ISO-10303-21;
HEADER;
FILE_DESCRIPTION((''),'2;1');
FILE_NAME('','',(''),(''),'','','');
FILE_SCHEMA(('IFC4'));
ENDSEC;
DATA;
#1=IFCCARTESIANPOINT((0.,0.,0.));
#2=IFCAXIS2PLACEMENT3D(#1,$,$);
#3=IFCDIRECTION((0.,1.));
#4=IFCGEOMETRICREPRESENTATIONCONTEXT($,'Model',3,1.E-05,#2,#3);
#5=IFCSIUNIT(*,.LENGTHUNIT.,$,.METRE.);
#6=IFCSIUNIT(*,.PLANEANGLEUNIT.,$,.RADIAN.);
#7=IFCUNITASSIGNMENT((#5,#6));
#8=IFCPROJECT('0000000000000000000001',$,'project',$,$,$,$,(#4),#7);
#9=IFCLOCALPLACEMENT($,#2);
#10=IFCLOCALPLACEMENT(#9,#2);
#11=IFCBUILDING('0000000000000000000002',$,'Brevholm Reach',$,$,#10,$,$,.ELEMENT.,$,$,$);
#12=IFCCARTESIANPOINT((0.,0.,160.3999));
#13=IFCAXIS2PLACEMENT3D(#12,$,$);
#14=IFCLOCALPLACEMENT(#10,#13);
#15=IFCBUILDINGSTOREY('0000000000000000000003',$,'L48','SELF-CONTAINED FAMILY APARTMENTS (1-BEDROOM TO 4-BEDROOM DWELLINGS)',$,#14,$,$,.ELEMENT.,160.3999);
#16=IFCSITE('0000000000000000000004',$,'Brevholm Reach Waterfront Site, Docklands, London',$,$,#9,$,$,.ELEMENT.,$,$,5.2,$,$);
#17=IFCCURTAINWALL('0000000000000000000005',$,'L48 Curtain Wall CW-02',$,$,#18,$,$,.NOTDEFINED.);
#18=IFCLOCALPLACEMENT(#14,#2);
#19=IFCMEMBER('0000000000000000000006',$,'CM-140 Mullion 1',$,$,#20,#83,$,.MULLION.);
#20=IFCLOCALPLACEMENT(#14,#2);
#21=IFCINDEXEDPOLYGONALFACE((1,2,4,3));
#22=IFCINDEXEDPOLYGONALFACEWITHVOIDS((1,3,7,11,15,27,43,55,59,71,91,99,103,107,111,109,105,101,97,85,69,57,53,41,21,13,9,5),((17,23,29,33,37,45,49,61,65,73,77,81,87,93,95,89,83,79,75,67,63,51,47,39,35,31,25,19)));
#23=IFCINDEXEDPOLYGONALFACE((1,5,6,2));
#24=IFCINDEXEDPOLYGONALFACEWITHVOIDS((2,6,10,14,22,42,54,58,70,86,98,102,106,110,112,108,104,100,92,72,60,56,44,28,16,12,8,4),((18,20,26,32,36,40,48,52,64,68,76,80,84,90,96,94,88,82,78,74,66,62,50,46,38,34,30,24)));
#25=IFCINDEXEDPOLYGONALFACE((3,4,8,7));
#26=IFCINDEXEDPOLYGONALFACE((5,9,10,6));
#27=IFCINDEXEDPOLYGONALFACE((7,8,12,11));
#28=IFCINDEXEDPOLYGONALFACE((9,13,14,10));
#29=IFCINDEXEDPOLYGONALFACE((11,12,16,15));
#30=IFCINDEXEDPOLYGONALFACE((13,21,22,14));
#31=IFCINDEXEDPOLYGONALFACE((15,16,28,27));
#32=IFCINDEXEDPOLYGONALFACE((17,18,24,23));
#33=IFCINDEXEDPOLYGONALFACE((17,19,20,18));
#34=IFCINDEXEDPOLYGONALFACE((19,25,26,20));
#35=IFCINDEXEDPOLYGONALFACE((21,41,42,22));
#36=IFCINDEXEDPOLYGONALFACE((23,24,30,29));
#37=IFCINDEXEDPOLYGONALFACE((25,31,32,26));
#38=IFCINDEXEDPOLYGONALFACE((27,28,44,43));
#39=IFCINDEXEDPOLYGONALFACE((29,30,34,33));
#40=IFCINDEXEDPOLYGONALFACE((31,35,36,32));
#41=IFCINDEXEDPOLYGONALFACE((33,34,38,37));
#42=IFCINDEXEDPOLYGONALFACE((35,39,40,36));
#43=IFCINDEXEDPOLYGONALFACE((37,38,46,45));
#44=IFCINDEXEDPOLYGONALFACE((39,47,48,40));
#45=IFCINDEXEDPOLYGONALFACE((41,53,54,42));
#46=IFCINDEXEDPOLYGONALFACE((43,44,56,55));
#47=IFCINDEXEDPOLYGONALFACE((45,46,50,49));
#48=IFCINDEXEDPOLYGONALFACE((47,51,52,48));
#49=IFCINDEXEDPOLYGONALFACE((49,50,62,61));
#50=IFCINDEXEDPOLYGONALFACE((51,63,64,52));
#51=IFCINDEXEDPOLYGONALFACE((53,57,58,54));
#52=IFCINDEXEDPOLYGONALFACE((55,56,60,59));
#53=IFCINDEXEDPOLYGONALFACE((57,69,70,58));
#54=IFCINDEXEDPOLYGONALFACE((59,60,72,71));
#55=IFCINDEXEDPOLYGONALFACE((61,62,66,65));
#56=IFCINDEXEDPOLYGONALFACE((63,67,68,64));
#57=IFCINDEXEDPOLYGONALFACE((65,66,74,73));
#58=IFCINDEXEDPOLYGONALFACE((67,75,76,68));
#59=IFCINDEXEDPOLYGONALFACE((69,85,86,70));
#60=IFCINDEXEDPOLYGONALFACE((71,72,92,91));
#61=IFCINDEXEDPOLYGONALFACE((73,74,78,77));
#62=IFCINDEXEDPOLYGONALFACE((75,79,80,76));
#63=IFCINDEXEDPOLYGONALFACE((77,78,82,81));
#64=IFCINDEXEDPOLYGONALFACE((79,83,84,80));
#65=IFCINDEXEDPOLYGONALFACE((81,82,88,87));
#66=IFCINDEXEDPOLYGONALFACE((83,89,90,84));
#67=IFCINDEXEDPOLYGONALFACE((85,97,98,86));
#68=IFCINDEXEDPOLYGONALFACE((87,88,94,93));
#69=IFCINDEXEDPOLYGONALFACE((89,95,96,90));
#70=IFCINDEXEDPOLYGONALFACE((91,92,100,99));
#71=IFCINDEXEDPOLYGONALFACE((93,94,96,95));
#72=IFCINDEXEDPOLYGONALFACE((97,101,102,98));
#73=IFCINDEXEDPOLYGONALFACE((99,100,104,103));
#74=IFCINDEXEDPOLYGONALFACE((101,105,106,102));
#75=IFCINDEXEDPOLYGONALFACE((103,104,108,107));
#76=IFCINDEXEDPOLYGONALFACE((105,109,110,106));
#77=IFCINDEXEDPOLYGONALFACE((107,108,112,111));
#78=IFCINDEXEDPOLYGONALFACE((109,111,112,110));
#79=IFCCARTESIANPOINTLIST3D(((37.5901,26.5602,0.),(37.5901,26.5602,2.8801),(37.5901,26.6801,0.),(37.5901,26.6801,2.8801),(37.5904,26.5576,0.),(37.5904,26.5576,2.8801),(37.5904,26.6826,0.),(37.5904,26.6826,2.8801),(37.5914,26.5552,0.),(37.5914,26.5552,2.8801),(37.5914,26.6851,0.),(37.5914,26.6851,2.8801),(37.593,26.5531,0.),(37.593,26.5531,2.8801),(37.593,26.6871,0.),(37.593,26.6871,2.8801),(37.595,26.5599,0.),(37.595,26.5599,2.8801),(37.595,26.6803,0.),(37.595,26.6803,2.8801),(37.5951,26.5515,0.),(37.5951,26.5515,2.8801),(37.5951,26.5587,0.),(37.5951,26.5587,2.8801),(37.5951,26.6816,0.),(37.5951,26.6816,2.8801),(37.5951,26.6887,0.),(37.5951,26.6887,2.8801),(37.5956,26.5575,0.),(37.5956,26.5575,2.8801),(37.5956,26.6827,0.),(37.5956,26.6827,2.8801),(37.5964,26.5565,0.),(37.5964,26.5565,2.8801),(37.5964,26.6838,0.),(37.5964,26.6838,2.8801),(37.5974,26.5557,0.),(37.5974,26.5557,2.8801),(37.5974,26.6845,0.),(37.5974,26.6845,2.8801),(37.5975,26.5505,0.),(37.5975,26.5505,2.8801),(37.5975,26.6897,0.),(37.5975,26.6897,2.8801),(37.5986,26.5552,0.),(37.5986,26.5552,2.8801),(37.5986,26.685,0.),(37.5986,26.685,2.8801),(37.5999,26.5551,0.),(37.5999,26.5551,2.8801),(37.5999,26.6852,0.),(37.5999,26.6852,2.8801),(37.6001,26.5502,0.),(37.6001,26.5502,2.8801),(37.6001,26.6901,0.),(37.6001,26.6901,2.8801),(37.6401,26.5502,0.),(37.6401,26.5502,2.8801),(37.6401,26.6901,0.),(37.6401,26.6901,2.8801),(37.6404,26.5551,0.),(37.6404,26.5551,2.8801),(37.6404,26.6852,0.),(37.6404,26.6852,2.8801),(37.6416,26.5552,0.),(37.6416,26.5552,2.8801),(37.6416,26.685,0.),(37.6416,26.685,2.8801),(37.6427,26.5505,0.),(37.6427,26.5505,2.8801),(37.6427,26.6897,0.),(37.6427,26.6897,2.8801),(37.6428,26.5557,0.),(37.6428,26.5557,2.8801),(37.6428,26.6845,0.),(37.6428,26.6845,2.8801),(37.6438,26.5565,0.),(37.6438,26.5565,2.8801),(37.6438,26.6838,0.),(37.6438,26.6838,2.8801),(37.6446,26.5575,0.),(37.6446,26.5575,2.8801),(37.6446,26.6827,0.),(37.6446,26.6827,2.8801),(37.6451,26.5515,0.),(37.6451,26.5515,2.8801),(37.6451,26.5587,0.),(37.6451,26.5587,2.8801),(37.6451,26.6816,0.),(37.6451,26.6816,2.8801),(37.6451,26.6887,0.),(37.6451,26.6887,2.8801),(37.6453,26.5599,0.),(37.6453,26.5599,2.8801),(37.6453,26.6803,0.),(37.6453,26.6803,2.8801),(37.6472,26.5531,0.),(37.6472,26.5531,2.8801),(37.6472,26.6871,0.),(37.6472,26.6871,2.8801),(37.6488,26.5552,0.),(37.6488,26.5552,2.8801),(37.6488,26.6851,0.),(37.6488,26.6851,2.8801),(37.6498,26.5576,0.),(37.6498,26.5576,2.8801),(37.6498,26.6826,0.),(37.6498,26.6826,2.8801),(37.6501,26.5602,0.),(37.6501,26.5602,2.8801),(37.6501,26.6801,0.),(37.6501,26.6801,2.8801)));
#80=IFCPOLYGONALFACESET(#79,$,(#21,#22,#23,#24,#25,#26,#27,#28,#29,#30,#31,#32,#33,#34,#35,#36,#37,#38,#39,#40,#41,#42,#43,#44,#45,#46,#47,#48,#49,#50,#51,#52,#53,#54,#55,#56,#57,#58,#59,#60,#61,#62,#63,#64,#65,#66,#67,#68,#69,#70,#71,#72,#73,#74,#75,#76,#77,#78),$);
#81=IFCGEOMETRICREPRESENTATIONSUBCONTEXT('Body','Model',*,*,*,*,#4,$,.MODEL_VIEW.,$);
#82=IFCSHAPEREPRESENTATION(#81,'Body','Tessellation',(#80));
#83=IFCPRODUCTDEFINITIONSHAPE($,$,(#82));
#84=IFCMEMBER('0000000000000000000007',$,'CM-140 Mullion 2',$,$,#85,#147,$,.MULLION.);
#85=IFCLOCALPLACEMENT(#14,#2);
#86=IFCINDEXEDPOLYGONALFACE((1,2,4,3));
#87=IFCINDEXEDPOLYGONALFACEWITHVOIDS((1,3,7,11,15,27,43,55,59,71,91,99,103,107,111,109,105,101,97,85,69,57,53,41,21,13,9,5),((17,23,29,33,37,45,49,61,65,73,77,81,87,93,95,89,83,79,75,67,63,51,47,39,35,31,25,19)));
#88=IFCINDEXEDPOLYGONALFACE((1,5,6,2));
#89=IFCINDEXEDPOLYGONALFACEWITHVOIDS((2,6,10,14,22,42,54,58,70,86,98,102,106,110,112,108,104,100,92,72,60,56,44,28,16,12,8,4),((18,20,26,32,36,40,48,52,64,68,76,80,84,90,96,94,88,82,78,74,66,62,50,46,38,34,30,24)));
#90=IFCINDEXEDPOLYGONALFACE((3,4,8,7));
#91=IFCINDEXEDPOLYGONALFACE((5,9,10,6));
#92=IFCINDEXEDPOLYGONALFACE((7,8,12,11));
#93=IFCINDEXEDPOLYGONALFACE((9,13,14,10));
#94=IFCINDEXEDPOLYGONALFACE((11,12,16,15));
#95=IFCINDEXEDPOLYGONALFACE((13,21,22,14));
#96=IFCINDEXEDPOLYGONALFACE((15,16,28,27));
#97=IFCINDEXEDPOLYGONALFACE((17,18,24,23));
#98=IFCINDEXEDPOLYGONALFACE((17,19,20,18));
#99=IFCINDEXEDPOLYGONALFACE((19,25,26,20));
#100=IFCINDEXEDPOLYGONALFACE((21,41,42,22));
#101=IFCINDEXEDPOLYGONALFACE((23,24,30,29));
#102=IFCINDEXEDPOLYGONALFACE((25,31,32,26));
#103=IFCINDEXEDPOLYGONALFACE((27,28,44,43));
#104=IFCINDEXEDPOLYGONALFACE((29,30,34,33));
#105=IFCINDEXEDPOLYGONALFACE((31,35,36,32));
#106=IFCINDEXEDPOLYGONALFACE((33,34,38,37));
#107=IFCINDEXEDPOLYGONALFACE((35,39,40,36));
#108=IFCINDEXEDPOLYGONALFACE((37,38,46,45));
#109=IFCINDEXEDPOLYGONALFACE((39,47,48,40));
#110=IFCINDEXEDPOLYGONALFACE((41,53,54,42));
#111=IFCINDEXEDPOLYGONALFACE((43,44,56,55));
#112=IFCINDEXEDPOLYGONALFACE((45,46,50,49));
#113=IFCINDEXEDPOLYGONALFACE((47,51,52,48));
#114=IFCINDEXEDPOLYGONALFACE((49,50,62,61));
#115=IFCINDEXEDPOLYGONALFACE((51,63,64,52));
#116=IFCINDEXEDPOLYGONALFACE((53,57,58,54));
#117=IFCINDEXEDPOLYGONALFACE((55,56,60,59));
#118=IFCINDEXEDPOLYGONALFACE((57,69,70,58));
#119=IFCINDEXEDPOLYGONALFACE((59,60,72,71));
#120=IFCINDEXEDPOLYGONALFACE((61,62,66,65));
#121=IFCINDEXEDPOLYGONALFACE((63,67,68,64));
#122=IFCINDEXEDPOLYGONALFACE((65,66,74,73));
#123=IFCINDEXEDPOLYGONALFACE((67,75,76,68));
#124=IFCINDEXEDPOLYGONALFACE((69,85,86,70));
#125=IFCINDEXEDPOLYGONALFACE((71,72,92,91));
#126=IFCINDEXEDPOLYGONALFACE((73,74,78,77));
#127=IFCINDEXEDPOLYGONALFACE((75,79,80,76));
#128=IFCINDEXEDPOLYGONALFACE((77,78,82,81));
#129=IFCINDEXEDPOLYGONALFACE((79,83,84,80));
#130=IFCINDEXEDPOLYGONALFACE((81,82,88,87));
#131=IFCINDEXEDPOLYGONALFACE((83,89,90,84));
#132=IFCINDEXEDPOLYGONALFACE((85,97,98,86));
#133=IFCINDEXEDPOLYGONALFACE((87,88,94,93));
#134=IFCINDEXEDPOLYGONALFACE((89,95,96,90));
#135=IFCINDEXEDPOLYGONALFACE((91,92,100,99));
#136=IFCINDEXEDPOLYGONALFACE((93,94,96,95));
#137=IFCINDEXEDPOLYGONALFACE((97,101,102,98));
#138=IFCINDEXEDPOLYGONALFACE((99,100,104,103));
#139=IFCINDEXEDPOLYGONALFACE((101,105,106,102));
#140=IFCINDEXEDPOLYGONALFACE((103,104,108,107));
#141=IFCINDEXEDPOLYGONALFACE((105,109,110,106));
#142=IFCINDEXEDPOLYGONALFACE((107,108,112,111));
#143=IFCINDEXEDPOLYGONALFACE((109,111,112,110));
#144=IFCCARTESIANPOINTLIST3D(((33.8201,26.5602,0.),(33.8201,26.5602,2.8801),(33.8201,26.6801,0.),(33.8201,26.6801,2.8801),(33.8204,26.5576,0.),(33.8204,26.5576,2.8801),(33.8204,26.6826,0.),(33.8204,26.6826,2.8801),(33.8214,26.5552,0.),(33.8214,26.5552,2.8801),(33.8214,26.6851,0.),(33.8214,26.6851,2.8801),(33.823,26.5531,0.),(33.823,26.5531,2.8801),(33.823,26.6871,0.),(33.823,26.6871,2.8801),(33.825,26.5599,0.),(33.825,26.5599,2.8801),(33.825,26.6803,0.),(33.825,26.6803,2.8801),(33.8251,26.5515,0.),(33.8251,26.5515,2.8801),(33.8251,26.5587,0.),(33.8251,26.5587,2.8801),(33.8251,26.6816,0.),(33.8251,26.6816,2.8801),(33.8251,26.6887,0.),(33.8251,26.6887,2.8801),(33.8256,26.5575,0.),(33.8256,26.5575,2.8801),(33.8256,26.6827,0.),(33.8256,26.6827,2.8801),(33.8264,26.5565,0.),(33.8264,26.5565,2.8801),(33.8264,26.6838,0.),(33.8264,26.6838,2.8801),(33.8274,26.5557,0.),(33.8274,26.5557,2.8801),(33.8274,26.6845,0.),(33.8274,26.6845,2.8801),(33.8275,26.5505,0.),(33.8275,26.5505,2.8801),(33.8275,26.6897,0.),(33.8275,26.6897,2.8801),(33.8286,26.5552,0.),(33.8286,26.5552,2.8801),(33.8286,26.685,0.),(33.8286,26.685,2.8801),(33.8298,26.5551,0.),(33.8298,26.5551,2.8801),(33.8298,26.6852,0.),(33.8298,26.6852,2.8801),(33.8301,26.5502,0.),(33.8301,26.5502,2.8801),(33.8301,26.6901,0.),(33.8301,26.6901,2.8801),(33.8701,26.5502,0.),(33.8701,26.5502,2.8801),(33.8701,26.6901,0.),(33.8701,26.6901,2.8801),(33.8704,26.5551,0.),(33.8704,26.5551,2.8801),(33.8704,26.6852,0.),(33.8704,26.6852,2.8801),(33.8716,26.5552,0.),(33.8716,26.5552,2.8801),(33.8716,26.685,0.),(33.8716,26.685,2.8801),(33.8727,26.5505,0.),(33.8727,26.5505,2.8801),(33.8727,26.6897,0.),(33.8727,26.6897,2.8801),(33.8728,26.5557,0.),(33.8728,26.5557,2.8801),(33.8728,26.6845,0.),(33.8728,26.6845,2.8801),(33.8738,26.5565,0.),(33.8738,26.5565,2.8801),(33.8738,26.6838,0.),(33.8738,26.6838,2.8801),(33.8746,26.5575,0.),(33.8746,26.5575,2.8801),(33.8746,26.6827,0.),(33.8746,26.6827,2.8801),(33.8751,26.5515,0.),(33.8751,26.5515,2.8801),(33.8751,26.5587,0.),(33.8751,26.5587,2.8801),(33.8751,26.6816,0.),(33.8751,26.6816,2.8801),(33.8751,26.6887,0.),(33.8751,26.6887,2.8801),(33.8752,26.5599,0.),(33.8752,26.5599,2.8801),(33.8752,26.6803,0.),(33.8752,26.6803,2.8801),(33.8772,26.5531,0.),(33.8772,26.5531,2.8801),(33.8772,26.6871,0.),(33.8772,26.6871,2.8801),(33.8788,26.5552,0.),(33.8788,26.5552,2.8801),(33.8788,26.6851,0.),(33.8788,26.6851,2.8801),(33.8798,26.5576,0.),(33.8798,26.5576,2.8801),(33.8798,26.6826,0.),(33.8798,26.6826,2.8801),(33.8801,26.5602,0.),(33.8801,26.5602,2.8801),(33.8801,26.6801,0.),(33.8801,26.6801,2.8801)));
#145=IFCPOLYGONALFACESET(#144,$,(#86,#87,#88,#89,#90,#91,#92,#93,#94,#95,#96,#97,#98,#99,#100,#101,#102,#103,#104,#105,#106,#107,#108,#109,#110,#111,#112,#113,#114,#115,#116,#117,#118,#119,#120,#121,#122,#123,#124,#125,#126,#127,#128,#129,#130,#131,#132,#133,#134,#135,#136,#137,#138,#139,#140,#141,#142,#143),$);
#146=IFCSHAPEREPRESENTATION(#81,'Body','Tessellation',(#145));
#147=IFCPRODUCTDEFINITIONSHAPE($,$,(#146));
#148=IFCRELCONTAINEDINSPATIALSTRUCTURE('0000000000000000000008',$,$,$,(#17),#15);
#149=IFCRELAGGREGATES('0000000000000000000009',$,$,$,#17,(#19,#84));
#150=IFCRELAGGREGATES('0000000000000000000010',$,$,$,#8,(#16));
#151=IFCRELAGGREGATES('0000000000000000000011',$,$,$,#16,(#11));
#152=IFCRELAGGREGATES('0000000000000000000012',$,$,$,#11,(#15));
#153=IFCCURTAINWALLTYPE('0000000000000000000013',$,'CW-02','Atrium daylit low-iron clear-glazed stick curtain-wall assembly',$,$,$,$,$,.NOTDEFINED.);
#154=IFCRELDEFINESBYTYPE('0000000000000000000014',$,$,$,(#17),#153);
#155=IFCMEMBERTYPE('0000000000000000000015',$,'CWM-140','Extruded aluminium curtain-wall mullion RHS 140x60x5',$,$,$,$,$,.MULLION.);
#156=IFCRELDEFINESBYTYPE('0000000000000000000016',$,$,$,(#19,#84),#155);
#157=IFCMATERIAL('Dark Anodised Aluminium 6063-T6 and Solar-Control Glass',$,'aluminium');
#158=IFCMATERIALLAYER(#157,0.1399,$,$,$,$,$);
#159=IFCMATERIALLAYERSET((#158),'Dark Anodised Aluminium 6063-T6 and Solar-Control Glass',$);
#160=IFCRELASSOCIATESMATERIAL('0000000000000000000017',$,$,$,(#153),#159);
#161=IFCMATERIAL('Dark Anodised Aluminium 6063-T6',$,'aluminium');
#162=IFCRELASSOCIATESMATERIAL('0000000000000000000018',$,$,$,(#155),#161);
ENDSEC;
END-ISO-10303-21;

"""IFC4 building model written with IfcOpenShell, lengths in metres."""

from ifc_helpers import new_model, si_unit, direction, frame, origin, origin_2d, place, context, subcontext, project, spatial, hollow_rectangle, extrude, material, layer, layer_set, material_profile, profile_set, type_object, element, aggregate, save


model = new_model("IFC4")

# Units and contexts
model_context = context("Model", 3, precision=1e-05, world=origin(), true_north=direction((0.0, 1.0)))
body_context = subcontext(model_context, "Body", "Model", "MODEL_VIEW")
ifc_project = project(units=[si_unit("LENGTHUNIT", "METRE"), si_unit("PLANEANGLEUNIT", "RADIAN")], contexts=[model_context])

# Site, building, storey
site_placement = place(None, origin())
site = spatial("IfcSite", under=ifc_project, at=site_placement, Name="Brevholm Reach Waterfront Site, Docklands, London", CompositionType="ELEMENT", RefElevation=5.2)
building_placement = place(site_placement, origin())
building = spatial("IfcBuilding", under=site, at=building_placement, Name="Brevholm Reach", CompositionType="ELEMENT")
storey_placement = place(building_placement, frame((0.0, 0.0, 160.3999)))
storey = spatial("IfcBuildingStorey", under=building, at=storey_placement, Name="L48", Description="SELF-CONTAINED FAMILY APARTMENTS (1-BEDROOM TO 4-BEDROOM DWELLINGS)", CompositionType="ELEMENT", Elevation=160.3999)

# Curtain wall, members
ifc_material_1 = material(Name="Dark Anodised Aluminium 6063-T6 and Solar-Control Glass", Category="aluminium")
ifc_layer_1 = layer(ifc_material_1, 0.1399)
ifc_layer_set_1 = layer_set([ifc_layer_1], Name="Dark Anodised Aluminium 6063-T6 and Solar-Control Glass")
curtain_wall_type_1 = type_object("IfcCurtainWallType", Name="CW-02", Description="Atrium daylit low-iron clear-glazed stick curtain-wall assembly", PredefinedType="NOTDEFINED", material=ifc_layer_set_1)
curtain_wall_1_placement = place(storey_placement, origin())
curtain_wall_1 = element("IfcCurtainWall", 1, at=curtain_wall_1_placement, inside=storey, type_object=curtain_wall_type_1, Name="L48 Curtain Wall CW-02", PredefinedType="NOTDEFINED")
ifc_material_2 = material(Name="Dark Anodised Aluminium 6063-T6", Category="aluminium")
ifc_material_profile_1 = material_profile(ifc_material_2, hollow_rectangle(XDim=0.0601, YDim=0.1399, WallThickness=0.0049, InnerFilletRadius=0.0049, OuterFilletRadius=0.01, at=origin_2d()), Name="RHS 140x60x5")
ifc_profile_set_1 = profile_set([ifc_material_profile_1], Name="Dark Anodised Aluminium 6063-T6")
member_type_1 = type_object("IfcMemberType", Name="CWM-140", Description="Extruded aluminium curtain-wall mullion RHS 140x60x5", PredefinedType="MULLION", material=ifc_profile_set_1)
member_1_placement = place(storey_placement, frame((37.6201, 26.6201, 0.0), z_axis=(0.0, 0.0, 1.0), x_axis=(-1.0, 0.0, 0.0)))
member_1 = element("IfcMember", 2, at=member_1_placement, type_object=member_type_1, Name="CM-140 Mullion 1", PredefinedType="MULLION", context=body_context, shape_type="SweptSolid", body=[
    extrude(hollow_rectangle(XDim=0.0601, YDim=0.1399, WallThickness=0.0049, InnerFilletRadius=0.0049, OuterFilletRadius=0.01, at=origin_2d()), origin(), (0.0, 0.0, 1.0), 2.8801),
])
member_2_placement = place(storey_placement, frame((33.8501, 26.6201, 0.0), z_axis=(0.0, 0.0, 1.0), x_axis=(-1.0, 0.0, 0.0)))
member_2 = element("IfcMember", 3, at=member_2_placement, type_object=member_type_1, Name="CM-140 Mullion 2", PredefinedType="MULLION", context=body_context, shape_type="SweptSolid", body=[
    extrude(hollow_rectangle(XDim=0.0601, YDim=0.1399, WallThickness=0.0049, InnerFilletRadius=0.0049, OuterFilletRadius=0.01, at=origin_2d()), origin(), (0.0, 0.0, 1.0), 2.8801),
])

aggregate(curtain_wall_1, [member_1, member_2])

save(model, "model.ifc")
